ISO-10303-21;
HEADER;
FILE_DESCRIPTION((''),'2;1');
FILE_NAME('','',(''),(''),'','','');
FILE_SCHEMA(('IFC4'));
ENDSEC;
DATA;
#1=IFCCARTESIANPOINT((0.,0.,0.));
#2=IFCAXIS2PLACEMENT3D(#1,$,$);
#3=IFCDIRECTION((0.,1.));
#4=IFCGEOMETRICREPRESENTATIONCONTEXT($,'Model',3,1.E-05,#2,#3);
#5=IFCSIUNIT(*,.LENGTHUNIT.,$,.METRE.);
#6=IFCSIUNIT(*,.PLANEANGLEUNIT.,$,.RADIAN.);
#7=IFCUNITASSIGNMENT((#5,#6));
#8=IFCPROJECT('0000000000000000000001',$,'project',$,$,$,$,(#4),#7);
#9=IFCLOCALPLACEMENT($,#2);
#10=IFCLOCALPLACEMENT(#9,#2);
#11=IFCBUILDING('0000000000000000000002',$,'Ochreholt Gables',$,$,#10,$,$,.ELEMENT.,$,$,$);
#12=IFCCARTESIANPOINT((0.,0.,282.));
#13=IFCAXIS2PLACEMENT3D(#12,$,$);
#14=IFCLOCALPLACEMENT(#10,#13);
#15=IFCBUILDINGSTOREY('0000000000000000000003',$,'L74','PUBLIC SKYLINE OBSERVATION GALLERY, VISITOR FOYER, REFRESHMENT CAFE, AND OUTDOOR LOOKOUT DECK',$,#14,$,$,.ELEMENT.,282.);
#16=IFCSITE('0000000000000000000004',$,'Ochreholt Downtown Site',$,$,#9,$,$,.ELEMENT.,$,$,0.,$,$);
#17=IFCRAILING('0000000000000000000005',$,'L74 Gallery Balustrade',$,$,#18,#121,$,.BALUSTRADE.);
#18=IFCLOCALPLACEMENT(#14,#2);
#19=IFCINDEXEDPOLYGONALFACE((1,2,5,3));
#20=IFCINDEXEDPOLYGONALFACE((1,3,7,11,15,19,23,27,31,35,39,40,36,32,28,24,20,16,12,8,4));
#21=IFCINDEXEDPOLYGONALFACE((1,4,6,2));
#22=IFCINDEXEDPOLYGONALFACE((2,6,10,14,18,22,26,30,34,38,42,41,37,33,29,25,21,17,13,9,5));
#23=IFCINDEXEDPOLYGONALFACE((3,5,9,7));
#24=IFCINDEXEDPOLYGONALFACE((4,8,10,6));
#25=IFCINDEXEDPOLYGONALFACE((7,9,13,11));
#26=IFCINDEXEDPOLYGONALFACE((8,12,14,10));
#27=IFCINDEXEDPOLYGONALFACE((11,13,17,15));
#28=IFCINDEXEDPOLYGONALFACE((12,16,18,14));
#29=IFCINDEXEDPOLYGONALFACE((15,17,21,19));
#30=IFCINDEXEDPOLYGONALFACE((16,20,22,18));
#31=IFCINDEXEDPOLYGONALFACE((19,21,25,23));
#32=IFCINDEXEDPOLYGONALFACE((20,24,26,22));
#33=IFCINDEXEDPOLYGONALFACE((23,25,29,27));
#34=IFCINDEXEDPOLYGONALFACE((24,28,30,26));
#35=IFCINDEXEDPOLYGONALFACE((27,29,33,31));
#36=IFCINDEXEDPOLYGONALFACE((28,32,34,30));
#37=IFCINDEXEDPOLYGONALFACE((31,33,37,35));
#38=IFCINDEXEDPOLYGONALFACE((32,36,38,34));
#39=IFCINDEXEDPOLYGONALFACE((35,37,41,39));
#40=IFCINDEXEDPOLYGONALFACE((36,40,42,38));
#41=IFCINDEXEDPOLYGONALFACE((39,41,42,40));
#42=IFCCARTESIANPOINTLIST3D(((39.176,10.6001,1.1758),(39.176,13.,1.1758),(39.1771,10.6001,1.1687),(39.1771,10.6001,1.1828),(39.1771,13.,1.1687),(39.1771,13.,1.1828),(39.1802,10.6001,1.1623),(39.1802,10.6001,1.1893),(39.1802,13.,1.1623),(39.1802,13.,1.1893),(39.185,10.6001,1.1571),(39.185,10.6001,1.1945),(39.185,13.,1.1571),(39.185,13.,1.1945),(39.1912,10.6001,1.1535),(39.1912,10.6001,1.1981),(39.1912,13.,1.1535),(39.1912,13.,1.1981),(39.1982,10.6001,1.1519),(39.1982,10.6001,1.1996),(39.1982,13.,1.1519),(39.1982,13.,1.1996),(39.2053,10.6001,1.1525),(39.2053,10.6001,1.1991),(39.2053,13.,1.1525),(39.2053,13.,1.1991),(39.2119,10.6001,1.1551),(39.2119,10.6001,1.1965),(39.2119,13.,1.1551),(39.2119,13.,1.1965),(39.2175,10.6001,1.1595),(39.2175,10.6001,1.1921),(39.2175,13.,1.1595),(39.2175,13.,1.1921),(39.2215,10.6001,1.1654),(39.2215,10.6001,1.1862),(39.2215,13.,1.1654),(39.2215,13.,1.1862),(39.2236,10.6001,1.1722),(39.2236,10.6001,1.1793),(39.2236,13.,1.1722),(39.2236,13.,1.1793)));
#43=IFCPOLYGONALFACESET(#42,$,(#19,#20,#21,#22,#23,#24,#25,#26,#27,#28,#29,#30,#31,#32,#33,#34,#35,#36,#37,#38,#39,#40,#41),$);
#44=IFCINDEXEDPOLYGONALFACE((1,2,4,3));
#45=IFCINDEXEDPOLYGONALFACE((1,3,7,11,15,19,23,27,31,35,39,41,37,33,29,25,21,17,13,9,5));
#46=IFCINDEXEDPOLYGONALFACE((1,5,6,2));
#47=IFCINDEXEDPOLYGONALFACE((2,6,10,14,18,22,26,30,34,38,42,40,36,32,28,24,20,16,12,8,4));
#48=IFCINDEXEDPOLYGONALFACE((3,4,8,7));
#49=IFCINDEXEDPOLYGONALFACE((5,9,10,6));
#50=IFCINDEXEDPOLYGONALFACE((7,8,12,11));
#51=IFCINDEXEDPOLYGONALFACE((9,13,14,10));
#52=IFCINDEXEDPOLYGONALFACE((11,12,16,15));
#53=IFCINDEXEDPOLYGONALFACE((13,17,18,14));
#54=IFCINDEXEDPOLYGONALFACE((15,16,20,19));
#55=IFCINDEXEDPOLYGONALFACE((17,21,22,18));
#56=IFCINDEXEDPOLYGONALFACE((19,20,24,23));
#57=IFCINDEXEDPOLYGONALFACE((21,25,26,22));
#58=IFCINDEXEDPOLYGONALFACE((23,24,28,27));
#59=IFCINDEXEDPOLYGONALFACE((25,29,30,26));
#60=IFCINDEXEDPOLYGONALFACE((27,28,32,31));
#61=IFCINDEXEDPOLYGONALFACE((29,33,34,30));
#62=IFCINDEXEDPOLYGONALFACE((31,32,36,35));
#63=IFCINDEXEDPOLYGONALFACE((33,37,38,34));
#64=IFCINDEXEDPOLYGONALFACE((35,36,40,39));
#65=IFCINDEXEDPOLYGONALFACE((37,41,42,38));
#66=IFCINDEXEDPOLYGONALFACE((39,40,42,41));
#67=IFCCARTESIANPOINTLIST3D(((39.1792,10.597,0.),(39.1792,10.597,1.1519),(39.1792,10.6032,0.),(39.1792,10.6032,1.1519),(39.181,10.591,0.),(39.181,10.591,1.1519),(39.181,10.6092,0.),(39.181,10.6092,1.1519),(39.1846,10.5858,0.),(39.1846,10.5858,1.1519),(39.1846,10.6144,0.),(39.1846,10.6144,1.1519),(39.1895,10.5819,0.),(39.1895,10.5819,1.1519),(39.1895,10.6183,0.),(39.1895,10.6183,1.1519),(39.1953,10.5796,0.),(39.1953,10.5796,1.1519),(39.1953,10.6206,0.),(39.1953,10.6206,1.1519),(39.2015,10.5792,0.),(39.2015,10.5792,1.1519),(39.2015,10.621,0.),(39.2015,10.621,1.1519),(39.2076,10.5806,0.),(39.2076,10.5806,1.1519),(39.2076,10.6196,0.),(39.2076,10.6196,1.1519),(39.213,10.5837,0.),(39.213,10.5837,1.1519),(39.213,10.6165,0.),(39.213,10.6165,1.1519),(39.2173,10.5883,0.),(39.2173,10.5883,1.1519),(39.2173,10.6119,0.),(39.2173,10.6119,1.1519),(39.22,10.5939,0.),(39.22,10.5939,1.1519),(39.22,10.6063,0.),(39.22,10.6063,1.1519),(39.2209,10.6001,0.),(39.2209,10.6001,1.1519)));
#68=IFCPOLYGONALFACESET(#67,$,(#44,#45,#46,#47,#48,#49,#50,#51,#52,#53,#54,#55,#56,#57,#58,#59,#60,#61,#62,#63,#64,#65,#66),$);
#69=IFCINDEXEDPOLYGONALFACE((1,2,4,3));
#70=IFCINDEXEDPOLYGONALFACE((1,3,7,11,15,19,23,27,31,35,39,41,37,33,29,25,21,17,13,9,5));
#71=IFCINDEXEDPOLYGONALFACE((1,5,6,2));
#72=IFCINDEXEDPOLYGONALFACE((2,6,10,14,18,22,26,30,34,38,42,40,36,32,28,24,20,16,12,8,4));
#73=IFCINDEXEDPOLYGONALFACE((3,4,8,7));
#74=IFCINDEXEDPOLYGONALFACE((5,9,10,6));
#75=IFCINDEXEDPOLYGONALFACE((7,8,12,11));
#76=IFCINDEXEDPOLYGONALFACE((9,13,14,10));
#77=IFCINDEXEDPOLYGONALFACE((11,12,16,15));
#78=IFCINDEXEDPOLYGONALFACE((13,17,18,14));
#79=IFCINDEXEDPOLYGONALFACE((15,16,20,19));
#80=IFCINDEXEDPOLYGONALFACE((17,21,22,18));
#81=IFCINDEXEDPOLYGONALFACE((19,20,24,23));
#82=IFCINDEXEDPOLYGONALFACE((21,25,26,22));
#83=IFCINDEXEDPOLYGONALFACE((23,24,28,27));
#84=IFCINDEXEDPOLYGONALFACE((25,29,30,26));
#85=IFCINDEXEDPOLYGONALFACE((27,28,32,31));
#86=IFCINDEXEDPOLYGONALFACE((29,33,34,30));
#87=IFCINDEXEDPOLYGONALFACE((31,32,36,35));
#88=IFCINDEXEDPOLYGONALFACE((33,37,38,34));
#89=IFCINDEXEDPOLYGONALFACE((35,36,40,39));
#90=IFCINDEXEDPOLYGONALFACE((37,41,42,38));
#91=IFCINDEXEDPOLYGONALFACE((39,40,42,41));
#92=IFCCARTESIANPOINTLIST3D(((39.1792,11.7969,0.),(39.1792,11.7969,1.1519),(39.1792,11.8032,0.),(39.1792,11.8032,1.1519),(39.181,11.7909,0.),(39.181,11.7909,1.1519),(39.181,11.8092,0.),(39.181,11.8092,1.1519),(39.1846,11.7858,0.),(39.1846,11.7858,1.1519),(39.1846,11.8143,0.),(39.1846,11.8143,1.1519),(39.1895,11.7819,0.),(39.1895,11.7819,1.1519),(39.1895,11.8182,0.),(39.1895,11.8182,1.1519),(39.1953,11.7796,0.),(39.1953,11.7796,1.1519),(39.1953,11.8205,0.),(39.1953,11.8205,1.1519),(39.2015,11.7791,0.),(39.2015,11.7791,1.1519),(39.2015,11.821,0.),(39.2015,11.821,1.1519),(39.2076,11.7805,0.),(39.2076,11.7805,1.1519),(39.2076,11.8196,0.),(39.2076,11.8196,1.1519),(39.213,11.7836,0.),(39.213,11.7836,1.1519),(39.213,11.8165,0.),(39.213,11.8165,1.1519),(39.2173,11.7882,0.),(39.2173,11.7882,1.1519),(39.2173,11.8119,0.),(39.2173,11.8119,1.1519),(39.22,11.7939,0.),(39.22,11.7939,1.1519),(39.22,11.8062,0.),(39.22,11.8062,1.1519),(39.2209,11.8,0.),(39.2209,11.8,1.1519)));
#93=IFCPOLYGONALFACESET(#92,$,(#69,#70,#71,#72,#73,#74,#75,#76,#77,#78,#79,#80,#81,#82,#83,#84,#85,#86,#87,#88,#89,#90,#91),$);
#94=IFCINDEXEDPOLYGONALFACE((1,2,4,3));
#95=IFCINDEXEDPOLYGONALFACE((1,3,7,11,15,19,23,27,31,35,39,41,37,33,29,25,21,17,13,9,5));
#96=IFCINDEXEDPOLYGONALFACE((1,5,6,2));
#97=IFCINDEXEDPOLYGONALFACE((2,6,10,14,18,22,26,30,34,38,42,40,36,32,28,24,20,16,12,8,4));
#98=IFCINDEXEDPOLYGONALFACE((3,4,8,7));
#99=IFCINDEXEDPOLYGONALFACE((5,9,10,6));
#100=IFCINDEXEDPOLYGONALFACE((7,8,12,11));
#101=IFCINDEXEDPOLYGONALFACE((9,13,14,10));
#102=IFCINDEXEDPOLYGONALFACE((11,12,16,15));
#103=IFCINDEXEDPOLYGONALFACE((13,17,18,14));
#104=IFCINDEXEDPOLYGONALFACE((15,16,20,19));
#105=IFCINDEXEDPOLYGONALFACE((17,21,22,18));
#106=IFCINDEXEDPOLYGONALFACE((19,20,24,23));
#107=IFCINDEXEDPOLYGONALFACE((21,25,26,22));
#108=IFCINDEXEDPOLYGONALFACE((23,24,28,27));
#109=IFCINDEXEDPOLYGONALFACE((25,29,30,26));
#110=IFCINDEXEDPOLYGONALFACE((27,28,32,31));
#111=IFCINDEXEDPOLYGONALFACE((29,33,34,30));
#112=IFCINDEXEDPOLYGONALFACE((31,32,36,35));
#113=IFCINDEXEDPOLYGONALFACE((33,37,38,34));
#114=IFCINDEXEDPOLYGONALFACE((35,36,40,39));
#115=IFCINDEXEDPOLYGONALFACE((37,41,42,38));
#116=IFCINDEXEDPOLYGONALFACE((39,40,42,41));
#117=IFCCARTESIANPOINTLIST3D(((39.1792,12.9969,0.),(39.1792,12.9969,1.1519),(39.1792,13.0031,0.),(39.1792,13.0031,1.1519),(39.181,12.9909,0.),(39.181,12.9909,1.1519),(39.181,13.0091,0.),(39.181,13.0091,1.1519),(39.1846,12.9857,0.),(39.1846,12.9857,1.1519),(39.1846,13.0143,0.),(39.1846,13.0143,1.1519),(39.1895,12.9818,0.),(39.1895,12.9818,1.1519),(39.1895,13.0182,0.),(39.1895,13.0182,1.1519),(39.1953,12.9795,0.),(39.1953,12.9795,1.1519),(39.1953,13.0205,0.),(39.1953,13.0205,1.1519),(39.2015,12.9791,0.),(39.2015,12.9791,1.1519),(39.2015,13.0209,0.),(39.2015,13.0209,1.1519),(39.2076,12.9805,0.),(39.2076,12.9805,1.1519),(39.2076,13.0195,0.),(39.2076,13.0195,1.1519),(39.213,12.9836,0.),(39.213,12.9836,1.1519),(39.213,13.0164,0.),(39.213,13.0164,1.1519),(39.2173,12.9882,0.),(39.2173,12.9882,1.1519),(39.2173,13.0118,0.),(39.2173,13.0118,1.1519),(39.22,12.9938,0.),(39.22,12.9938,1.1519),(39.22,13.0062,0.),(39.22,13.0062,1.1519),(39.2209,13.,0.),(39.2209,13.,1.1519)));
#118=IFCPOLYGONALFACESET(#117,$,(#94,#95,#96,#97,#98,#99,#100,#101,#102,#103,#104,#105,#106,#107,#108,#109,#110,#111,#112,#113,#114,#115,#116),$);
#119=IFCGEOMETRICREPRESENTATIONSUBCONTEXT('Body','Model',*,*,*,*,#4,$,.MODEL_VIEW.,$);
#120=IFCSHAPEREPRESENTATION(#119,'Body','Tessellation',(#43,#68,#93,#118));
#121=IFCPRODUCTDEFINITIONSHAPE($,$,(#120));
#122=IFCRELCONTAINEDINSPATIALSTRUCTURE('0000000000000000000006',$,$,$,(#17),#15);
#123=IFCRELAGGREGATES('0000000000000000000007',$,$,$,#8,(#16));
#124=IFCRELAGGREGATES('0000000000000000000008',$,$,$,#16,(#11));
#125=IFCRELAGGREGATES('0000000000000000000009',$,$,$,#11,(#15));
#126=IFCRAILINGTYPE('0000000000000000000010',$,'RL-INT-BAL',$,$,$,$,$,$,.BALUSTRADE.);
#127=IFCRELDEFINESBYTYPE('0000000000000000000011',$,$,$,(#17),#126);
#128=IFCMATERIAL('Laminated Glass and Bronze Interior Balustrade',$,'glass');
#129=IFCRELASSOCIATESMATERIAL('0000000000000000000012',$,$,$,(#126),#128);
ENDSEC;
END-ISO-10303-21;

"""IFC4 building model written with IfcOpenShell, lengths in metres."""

from ifc_helpers import new_model, si_unit, direction, frame, origin, origin_2d, place, context, subcontext, project, spatial, circle, extrude, material, type_object, element, save


model = new_model("IFC4")

# Units and contexts
model_context = context("Model", 3, precision=1e-05, world=origin(), true_north=direction((0.0, 1.0)))
body_context = subcontext(model_context, "Body", "Model", "MODEL_VIEW")
ifc_project = project(units=[si_unit("LENGTHUNIT", "METRE"), si_unit("PLANEANGLEUNIT", "RADIAN")], contexts=[model_context])

# Site, building, storey
site_placement = place(None, origin())
site = spatial("IfcSite", under=ifc_project, at=site_placement, Name="Ochreholt Downtown Site", CompositionType="ELEMENT", RefElevation=0.0)
building_placement = place(site_placement, origin())
building = spatial("IfcBuilding", under=site, at=building_placement, Name="Ochreholt Gables", CompositionType="ELEMENT")
storey_placement = place(building_placement, frame((0.0, 0.0, 282.0)))
storey = spatial("IfcBuildingStorey", under=building, at=storey_placement, Name="L74", Description="PUBLIC SKYLINE OBSERVATION GALLERY, VISITOR FOYER, REFRESHMENT CAFE, AND OUTDOOR LOOKOUT DECK", CompositionType="ELEMENT", Elevation=282.0)

# Railing
ifc_material_1 = material(Name="Laminated Glass and Bronze Interior Balustrade", Category="glass")
railing_type = type_object("IfcRailingType", Name="RL-INT-BAL", PredefinedType="BALUSTRADE", material=ifc_material_1)
railing_placement = place(storey_placement, frame((39.2, 10.6001, 0.0)))
element("IfcRailing", 1, at=railing_placement, inside=storey, type_object=railing_type, Name="L74 Gallery Balustrade", PredefinedType="BALUSTRADE", context=body_context, shape_type="SweptSolid", body=[
    extrude(circle(Radius=0.0239, at=origin_2d()), frame((0.0, 0.0, 1.1758), z_axis=(0.0, 1.0, 0.0), x_axis=(-1.0, 0.0, 0.0)), (0.0, 0.0, 1.0), 2.3999),
    extrude(circle(Radius=0.021, at=origin_2d()), origin(), (0.0, 0.0, 1.0), 1.1519),
    extrude(circle(Radius=0.021, at=origin_2d()), frame((0.0, 1.2, 0.0)), (0.0, 0.0, 1.0), 1.1519),
    extrude(circle(Radius=0.021, at=origin_2d()), frame((0.0, 2.3999, 0.0)), (0.0, 0.0, 1.0), 1.1519),
])

save(model, "model.ifc")
